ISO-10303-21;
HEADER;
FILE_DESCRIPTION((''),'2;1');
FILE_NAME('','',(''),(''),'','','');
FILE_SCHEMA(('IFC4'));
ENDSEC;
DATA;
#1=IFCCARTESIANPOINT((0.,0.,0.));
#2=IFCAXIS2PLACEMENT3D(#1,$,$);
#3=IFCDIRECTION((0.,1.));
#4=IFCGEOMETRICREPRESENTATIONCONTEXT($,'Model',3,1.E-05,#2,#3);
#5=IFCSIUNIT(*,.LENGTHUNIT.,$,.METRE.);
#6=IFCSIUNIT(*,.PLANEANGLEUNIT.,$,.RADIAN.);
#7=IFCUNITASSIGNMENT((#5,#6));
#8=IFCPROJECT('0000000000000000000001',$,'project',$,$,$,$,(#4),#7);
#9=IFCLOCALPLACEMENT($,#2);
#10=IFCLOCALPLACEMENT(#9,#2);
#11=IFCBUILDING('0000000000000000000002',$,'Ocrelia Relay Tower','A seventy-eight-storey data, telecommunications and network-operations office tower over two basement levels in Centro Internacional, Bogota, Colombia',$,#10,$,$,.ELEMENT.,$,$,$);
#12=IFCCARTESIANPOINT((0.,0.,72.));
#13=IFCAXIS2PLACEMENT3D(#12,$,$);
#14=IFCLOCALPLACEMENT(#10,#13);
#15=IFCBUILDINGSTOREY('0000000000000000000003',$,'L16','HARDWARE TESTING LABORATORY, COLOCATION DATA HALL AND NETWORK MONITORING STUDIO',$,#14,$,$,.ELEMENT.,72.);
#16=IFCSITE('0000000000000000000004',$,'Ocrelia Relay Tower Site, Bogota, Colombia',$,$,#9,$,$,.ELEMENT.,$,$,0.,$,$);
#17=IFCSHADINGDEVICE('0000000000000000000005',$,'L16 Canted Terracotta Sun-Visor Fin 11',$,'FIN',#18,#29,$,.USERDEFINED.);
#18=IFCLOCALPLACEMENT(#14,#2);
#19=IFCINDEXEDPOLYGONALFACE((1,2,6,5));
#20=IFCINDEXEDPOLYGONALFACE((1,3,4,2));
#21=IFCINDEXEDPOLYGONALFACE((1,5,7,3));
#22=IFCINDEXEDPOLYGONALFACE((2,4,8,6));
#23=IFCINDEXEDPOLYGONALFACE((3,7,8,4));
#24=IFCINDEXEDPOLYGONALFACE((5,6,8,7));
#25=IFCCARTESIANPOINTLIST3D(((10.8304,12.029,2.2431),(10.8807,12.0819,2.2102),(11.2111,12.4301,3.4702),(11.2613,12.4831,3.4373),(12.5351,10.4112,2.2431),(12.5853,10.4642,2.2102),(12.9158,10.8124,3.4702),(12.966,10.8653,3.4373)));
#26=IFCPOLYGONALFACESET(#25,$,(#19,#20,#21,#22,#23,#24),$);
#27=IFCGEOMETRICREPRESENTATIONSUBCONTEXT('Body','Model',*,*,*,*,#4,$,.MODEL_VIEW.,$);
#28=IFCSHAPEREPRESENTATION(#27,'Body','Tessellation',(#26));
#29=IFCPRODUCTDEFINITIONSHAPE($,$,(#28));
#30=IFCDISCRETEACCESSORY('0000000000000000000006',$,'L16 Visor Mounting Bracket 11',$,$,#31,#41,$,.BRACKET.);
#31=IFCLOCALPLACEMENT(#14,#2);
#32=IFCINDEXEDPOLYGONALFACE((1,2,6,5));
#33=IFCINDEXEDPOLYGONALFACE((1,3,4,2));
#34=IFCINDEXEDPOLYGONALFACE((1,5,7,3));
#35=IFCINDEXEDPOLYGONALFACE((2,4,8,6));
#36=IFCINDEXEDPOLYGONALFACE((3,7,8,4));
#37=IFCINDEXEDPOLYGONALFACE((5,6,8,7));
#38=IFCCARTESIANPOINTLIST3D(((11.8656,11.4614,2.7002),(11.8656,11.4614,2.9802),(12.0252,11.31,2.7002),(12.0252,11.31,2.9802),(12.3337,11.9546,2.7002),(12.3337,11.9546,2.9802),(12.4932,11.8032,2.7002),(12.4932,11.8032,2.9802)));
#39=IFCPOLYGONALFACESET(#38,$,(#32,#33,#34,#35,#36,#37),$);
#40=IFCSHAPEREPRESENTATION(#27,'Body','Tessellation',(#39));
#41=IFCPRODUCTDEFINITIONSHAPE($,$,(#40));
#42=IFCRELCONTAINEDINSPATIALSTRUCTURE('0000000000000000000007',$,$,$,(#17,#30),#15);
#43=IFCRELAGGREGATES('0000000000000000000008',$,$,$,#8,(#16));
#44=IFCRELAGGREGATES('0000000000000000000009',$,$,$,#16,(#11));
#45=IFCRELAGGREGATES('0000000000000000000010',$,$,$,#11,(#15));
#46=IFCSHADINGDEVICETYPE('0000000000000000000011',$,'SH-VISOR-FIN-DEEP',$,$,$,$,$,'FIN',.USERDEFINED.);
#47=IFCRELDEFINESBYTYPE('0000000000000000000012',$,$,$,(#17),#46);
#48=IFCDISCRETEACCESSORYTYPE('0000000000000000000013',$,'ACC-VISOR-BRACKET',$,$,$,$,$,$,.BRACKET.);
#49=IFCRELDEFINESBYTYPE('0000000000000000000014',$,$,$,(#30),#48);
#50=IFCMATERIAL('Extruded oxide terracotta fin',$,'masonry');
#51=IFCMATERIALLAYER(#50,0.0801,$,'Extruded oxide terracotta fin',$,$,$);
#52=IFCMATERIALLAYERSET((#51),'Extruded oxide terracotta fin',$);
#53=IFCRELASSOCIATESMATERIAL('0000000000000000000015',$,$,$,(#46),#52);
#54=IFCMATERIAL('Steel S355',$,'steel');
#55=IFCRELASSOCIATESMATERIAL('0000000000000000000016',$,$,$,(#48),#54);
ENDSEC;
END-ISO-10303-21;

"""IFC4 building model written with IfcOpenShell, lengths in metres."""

from ifc_helpers import new_model, si_unit, direction, frame, origin, origin_2d, place, context, subcontext, project, spatial, rectangle, extrude, material, layer, layer_set, type_object, element, save


model = new_model("IFC4")

# Units and contexts
model_context = context("Model", 3, precision=1e-05, world=origin(), true_north=direction((0.0, 1.0)))
body_context = subcontext(model_context, "Body", "Model", "MODEL_VIEW")
ifc_project = project(units=[si_unit("LENGTHUNIT", "METRE"), si_unit("PLANEANGLEUNIT", "RADIAN")], contexts=[model_context])

# Site, building, storey
site_placement = place(None, origin())
site = spatial("IfcSite", under=ifc_project, at=site_placement, Name="Ocrelia Relay Tower Site, Bogota, Colombia", CompositionType="ELEMENT", RefElevation=0.0)
building_placement = place(site_placement, origin())
building = spatial("IfcBuilding", under=site, at=building_placement, Name="Ocrelia Relay Tower", Description="A seventy-eight-storey data, telecommunications and network-operations office tower over two basement levels in Centro Internacional, Bogota, Colombia", CompositionType="ELEMENT")
storey_placement = place(building_placement, frame((0.0, 0.0, 72.0)))
storey = spatial("IfcBuildingStorey", under=building, at=storey_placement, Name="L16", Description="HARDWARE TESTING LABORATORY, COLOCATION DATA HALL AND NETWORK MONITORING STUDIO", CompositionType="ELEMENT", Elevation=72.0)

# Shading device
ifc_material_1 = material(Name="Extruded oxide terracotta fin", Category="masonry")
ifc_layer_1 = layer(ifc_material_1, 0.0801, Name="Extruded oxide terracotta fin")
ifc_layer_set_1 = layer_set([ifc_layer_1], Name="Extruded oxide terracotta fin")
shading_device_type_1 = type_object("IfcShadingDeviceType", Name="SH-VISOR-FIN-DEEP", ElementType="FIN", PredefinedType="USERDEFINED", material=ifc_layer_set_1)
shading_device_1_placement = place(storey_placement, frame((11.9233, 11.4736, 2.8237), z_axis=(-0.627575, -0.661308, 0.410878), x_axis=(0.725365, -0.688365, 0.0)))
element("IfcShadingDevice", 1, at=shading_device_1_placement, inside=storey, type_object=shading_device_type_1, Name="L16 Canted Terracotta Sun-Visor Fin 11", ObjectType="FIN", PredefinedType="USERDEFINED", context=body_context, shape_type="SweptSolid", body=[
    extrude(rectangle(XDim=2.3501, YDim=1.3459, at=origin_2d()), origin(), (0.0, 0.0, 1.0), 0.0801),
])

# Discrete accessory
ifc_material_2 = material(Name="Steel S355", Category="steel")
discrete_accessory_type = type_object("IfcDiscreteAccessoryType", Name="ACC-VISOR-BRACKET", PredefinedType="BRACKET", material=ifc_material_2)
discrete_accessory_placement = place(storey_placement, frame((12.1794, 11.6323, 2.7002), z_axis=(0.0, 0.0, 1.0), x_axis=(0.725365, -0.688365, 0.0)))
element("IfcDiscreteAccessory", 2, at=discrete_accessory_placement, inside=storey, type_object=discrete_accessory_type, Name="L16 Visor Mounting Bracket 11", PredefinedType="BRACKET", context=body_context, shape_type="SweptSolid", body=[
    extrude(rectangle(XDim=0.22, YDim=0.6799, at=origin_2d()), origin(), (0.0, 0.0, 1.0), 0.28),
])

save(model, "model.ifc")
